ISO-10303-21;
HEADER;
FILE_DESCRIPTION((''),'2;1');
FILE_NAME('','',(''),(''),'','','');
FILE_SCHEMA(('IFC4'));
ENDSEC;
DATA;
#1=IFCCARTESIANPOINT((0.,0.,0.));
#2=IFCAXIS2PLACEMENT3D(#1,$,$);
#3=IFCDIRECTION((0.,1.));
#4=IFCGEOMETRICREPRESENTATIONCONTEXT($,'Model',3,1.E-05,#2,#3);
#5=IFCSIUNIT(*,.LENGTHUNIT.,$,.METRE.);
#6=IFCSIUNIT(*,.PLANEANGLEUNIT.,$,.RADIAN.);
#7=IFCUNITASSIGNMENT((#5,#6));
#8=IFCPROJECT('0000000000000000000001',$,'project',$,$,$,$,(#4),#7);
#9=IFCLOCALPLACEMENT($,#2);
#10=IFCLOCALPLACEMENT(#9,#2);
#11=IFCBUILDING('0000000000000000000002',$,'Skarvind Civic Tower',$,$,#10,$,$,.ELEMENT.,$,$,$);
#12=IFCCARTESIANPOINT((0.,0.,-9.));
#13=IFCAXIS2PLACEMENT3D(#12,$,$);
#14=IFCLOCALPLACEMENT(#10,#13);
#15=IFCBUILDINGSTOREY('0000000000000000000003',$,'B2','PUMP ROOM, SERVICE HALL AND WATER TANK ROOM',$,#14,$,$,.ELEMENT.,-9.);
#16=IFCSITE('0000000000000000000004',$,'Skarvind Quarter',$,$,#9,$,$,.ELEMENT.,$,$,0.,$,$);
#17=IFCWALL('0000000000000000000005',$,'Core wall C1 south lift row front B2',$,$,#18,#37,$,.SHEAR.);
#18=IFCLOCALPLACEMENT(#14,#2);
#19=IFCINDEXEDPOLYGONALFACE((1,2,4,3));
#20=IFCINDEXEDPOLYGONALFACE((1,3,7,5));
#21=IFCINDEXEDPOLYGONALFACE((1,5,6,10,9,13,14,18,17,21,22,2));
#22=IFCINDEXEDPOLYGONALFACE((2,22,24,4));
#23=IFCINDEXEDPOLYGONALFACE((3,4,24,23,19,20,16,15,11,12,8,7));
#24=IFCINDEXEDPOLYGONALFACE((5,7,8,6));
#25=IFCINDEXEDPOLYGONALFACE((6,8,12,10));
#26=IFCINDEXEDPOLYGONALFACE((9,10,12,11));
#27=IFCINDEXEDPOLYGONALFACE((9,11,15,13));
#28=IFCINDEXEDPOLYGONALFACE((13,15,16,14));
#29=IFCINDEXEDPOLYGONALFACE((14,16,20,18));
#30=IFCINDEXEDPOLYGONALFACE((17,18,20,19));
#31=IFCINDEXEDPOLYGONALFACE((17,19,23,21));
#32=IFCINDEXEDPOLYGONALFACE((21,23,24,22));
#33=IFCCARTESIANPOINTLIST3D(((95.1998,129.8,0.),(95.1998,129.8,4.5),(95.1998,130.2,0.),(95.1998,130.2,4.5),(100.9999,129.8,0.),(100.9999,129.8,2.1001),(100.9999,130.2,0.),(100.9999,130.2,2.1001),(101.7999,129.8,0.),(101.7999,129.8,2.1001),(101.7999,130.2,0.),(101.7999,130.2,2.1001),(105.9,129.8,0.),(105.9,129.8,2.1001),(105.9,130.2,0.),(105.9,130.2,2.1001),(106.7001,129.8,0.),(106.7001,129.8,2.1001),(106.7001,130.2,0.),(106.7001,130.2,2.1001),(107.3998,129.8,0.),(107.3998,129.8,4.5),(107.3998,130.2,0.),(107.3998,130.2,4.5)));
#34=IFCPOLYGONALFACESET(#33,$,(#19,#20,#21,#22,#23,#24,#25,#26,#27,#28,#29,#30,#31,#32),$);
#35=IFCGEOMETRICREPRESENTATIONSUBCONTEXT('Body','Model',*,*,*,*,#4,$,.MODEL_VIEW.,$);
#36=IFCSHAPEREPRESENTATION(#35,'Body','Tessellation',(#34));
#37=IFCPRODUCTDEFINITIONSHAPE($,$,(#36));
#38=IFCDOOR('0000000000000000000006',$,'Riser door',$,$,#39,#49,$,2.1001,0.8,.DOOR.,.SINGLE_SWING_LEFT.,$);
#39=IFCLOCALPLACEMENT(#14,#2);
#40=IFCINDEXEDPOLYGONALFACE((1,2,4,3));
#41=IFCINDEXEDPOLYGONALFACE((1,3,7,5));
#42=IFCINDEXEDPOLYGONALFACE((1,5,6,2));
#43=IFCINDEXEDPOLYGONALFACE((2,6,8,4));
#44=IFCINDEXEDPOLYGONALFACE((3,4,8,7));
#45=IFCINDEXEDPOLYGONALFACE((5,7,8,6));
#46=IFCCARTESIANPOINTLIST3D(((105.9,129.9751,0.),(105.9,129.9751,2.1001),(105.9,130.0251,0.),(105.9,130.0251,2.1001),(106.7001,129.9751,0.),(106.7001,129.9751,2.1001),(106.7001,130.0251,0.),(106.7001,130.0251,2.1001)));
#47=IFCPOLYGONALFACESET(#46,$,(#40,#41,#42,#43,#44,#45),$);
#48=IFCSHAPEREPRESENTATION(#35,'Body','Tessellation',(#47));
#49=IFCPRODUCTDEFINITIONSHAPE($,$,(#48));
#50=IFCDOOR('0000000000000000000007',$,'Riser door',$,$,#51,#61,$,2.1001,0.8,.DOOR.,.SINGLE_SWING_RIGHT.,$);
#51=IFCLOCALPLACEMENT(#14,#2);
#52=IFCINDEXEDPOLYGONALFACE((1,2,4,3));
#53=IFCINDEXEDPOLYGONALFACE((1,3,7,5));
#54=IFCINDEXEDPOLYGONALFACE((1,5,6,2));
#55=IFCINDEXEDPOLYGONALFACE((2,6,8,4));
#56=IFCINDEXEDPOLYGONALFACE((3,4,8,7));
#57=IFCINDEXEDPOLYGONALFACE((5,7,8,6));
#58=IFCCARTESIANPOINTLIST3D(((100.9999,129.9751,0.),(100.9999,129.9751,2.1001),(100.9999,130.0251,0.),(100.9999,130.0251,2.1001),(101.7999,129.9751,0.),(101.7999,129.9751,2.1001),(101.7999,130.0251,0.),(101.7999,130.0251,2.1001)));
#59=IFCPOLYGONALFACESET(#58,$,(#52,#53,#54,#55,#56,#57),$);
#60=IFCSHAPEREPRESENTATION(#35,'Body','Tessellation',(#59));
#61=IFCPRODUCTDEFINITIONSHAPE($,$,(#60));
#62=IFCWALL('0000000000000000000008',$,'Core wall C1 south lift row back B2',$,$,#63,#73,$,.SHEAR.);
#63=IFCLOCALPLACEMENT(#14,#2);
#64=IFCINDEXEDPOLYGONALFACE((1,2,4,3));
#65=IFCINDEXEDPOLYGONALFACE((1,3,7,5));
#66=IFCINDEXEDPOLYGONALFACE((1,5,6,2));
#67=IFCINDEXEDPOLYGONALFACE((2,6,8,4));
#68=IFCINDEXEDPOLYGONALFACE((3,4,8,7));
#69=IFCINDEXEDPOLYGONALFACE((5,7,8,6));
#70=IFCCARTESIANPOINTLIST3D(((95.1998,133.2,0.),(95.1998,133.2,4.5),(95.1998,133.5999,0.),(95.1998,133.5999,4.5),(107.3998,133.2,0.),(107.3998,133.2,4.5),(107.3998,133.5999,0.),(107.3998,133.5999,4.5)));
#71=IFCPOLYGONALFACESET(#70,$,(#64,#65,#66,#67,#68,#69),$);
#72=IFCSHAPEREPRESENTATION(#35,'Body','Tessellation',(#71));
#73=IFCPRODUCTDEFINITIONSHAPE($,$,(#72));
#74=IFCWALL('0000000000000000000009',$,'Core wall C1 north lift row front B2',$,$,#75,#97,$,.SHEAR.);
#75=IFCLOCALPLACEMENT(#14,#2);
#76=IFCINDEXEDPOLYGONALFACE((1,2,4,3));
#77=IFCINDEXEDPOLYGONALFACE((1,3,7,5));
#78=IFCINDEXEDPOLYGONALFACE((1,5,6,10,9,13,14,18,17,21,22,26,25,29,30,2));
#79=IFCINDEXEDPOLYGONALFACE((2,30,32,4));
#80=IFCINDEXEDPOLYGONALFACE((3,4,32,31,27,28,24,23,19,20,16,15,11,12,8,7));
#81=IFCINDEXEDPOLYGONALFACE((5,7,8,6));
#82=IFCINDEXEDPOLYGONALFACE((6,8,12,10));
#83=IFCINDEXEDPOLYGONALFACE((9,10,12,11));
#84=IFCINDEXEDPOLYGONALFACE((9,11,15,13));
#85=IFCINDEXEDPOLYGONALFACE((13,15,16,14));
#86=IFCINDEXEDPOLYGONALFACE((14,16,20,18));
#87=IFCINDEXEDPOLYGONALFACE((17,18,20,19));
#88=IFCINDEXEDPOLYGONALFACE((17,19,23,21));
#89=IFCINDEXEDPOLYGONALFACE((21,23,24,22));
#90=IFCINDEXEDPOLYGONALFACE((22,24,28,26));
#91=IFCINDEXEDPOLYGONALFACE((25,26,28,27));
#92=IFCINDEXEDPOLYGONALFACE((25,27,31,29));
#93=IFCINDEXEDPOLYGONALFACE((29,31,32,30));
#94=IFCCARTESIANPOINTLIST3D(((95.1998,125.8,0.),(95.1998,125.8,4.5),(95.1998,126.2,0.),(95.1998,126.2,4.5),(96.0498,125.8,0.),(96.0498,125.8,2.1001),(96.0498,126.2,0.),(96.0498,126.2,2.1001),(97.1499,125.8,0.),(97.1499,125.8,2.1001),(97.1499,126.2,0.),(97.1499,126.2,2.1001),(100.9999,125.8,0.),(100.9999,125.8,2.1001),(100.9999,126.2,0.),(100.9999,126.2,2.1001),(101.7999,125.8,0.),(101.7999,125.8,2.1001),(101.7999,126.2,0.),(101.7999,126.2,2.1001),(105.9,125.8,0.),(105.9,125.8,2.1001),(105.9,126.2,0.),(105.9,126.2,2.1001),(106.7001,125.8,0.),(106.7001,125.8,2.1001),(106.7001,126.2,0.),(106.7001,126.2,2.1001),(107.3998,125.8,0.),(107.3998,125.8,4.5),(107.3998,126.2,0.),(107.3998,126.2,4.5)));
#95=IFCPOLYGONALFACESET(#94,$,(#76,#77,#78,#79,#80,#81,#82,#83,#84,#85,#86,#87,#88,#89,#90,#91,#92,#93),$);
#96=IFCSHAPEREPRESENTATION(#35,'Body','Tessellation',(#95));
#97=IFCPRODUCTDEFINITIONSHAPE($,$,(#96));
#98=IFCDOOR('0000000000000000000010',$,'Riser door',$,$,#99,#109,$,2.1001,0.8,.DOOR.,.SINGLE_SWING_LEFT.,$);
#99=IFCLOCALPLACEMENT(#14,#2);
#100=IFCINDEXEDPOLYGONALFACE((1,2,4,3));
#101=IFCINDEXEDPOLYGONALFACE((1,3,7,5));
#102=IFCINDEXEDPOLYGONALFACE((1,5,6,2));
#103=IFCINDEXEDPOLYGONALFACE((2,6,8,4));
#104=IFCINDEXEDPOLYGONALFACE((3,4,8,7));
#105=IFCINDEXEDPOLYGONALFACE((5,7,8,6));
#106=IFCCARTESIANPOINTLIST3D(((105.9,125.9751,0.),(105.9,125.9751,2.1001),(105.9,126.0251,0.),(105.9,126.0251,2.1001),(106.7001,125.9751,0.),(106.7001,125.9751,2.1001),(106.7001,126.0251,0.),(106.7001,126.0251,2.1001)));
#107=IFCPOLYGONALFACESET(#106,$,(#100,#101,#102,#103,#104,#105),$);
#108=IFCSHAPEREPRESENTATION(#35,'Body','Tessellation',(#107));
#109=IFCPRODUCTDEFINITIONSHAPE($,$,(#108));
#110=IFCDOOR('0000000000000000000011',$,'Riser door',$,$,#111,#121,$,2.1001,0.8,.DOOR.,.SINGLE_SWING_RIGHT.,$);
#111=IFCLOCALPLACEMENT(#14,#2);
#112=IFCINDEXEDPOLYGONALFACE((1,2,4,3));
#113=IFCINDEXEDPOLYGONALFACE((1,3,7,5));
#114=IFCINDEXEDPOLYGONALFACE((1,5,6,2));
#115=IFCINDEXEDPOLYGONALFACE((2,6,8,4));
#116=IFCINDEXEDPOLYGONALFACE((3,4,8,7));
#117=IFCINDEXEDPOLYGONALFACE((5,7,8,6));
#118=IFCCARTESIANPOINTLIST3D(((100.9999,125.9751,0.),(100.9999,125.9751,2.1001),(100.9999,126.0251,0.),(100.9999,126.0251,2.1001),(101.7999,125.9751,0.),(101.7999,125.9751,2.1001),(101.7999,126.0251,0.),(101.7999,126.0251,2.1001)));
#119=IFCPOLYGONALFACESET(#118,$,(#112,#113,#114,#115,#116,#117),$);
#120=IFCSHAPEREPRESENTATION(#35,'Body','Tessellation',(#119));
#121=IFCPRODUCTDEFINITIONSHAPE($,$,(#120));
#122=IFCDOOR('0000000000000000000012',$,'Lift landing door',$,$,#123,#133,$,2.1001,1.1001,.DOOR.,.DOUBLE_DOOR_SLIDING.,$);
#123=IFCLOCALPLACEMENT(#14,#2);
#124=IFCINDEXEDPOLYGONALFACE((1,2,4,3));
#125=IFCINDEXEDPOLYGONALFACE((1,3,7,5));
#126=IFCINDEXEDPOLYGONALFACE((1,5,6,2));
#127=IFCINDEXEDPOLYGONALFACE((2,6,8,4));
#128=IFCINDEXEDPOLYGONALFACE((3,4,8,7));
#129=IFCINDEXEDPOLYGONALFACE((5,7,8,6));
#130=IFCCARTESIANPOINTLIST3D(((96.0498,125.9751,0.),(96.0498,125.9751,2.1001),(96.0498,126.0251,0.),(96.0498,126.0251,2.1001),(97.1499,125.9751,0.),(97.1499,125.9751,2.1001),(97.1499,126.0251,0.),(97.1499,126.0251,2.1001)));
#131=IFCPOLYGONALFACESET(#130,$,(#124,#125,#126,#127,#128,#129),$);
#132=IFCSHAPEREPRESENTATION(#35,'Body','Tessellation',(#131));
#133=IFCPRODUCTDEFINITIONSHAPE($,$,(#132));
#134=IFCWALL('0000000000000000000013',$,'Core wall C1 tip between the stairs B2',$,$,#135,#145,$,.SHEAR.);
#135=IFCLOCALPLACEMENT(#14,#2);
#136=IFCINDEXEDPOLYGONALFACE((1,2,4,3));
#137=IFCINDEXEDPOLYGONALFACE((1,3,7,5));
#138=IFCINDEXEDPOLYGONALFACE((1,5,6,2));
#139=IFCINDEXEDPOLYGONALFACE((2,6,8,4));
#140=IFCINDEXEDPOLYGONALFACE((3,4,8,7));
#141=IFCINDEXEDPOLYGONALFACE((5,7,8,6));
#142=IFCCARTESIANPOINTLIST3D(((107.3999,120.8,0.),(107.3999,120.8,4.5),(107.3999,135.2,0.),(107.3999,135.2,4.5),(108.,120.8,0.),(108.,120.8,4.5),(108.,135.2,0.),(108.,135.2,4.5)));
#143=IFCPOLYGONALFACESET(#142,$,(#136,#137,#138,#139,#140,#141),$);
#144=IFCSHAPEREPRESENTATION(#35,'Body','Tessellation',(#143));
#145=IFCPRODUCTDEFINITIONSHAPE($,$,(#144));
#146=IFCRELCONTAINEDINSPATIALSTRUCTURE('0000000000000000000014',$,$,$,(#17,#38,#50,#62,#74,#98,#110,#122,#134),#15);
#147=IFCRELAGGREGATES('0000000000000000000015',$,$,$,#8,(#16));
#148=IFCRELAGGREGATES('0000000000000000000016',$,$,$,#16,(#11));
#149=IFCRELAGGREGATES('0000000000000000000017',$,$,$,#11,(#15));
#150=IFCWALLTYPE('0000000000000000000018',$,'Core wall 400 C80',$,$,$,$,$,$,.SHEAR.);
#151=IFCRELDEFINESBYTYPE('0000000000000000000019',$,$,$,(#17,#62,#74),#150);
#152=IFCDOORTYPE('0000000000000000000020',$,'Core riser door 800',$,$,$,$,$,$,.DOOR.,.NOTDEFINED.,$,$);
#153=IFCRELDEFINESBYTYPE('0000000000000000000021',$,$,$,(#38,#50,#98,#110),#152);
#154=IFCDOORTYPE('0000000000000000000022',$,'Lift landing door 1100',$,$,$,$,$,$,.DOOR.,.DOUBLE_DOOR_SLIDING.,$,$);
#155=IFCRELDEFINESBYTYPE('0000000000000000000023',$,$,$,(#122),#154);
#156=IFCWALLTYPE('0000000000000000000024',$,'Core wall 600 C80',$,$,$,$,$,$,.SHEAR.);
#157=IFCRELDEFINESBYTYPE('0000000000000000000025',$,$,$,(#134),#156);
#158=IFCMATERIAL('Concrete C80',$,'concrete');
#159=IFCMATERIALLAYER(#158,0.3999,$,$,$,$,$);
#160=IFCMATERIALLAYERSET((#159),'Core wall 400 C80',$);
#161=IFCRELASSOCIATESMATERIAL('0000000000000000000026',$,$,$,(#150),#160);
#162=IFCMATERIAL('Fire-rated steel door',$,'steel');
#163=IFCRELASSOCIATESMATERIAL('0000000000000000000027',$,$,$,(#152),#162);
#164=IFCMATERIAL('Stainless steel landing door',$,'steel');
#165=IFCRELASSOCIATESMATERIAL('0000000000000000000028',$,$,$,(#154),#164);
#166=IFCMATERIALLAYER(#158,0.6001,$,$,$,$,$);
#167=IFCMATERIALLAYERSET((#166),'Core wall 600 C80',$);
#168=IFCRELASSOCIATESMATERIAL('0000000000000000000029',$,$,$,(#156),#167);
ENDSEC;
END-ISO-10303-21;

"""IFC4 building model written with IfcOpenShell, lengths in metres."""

from ifc_helpers import new_model, si_unit, direction, frame, frame_2d, origin, place, context, subcontext, project, spatial, rectangle, extrude, material, layer, layer_set, type_object, element, fill, save


model = new_model("IFC4")

# Units and contexts
model_context = context("Model", 3, precision=1e-05, world=origin(), true_north=direction((0.0, 1.0)))
body_context = subcontext(model_context, "Body", "Model", "MODEL_VIEW")
ifc_project = project(units=[si_unit("LENGTHUNIT", "METRE"), si_unit("PLANEANGLEUNIT", "RADIAN")], contexts=[model_context])

# Site, building, storey
site_placement = place(None, origin())
site = spatial("IfcSite", under=ifc_project, at=site_placement, Name="Skarvind Quarter", CompositionType="ELEMENT", RefElevation=0.0)
building_placement = place(site_placement, origin())
building = spatial("IfcBuilding", under=site, at=building_placement, Name="Skarvind Civic Tower", CompositionType="ELEMENT")
storey_placement = place(building_placement, frame((0.0, 0.0, -9.0)))
storey = spatial("IfcBuildingStorey", under=building, at=storey_placement, Name="B2", Description="PUMP ROOM, SERVICE HALL AND WATER TANK ROOM", CompositionType="ELEMENT", Elevation=-9.0)

# Shared definitions
ifc_material_1 = material(Name="Concrete C80", Category="concrete")
ifc_layer_1 = layer(ifc_material_1, 0.3999)
ifc_layer_set_1 = layer_set([ifc_layer_1], Name="Core wall 400 C80")
wall_type_1 = type_object("IfcWallType", Name="Core wall 400 C80", PredefinedType="SHEAR", material=ifc_layer_set_1)

# Wall, openings, doors
wall_1_placement = place(storey_placement, frame((107.3999, 130.0, 0.0), z_axis=(0.0, 0.0, 1.0), x_axis=(-1.0, 0.0, 0.0)))
wall_1 = element("IfcWall", 1, at=wall_1_placement, inside=storey, type_object=wall_type_1, Name="Core wall C1 south lift row front B2", PredefinedType="SHEAR", context=body_context, shape_type="SweptSolid", body=[
    extrude(rectangle(XDim=12.2, YDim=0.3999, at=frame_2d((6.1001, 0.0))), origin(), (0.0, 0.0, 1.0), 4.5),
])
opening_1_placement = place(wall_1_placement, frame((0.7, 0.0, 0.0)))
opening_1 = element("IfcOpeningElement", 2, at=opening_1_placement, cuts=wall_1, PredefinedType="OPENING", context=body_context, shape_type="SweptSolid", body=[
    extrude(rectangle(XDim=0.8, YDim=2.1001, at=frame_2d((0.3999, 1.05))), frame((0.0, 0.21, 0.0), z_axis=(0.0, -1.0, 0.0), x_axis=(1.0, 0.0, 0.0)), (0.0, 0.0, 1.0), 0.4199),
])
opening_2_placement = place(wall_1_placement, frame((5.6001, 0.0, 0.0)))
opening_2 = element("IfcOpeningElement", 3, at=opening_2_placement, cuts=wall_1, PredefinedType="OPENING", context=body_context, shape_type="SweptSolid", body=[
    extrude(rectangle(XDim=0.8, YDim=2.1001, at=frame_2d((0.3999, 1.05))), frame((0.0, 0.21, 0.0), z_axis=(0.0, -1.0, 0.0), x_axis=(1.0, 0.0, 0.0)), (0.0, 0.0, 1.0), 0.4199),
])
ifc_material_2 = material(Name="Fire-rated steel door", Category="steel")
door_type_1 = type_object("IfcDoorType", Name="Core riser door 800", OperationType="NOTDEFINED", PredefinedType="DOOR", material=ifc_material_2)
door_1_placement = place(opening_1_placement, origin())
door_1 = element("IfcDoor", 4, at=door_1_placement, inside=storey, type_object=door_type_1, Name="Riser door", OperationType="SINGLE_SWING_LEFT", OverallHeight=2.1001, OverallWidth=0.8, PredefinedType="DOOR", context=body_context, shape_type="SweptSolid", body=[
    extrude(rectangle(XDim=0.8, YDim=2.1001, at=frame_2d((0.3999, 1.05))), frame((0.0, 0.0249, 0.0), z_axis=(0.0, -1.0, 0.0), x_axis=(1.0, 0.0, 0.0)), (0.0, 0.0, 1.0), 0.05),
])
fill(opening_1, door_1)
door_2_placement = place(opening_2_placement, origin())
door_2 = element("IfcDoor", 5, at=door_2_placement, inside=storey, type_object=door_type_1, Name="Riser door", OperationType="SINGLE_SWING_RIGHT", OverallHeight=2.1001, OverallWidth=0.8, PredefinedType="DOOR", context=body_context, shape_type="SweptSolid", body=[
    extrude(rectangle(XDim=0.8, YDim=2.1001, at=frame_2d((0.3999, 1.05))), frame((0.0, 0.0249, 0.0), z_axis=(0.0, -1.0, 0.0), x_axis=(1.0, 0.0, 0.0)), (0.0, 0.0, 1.0), 0.05),
])
fill(opening_2, door_2)

# Wall
wall_2_placement = place(storey_placement, frame((107.3999, 133.3999, 0.0), z_axis=(0.0, 0.0, 1.0), x_axis=(-1.0, 0.0, 0.0)))
element("IfcWall", 6, at=wall_2_placement, inside=storey, type_object=wall_type_1, Name="Core wall C1 south lift row back B2", PredefinedType="SHEAR", context=body_context, shape_type="SweptSolid", body=[
    extrude(rectangle(XDim=12.2, YDim=0.3999, at=frame_2d((6.1001, 0.0))), origin(), (0.0, 0.0, 1.0), 4.5),
])

# Wall, openings, doors
wall_3_placement = place(storey_placement, frame((107.3999, 126.0, 0.0), z_axis=(0.0, 0.0, 1.0), x_axis=(-1.0, 0.0, 0.0)))
wall_3 = element("IfcWall", 7, at=wall_3_placement, inside=storey, type_object=wall_type_1, Name="Core wall C1 north lift row front B2", PredefinedType="SHEAR", context=body_context, shape_type="SweptSolid", body=[
    extrude(rectangle(XDim=12.2, YDim=0.3999, at=frame_2d((6.1001, 0.0))), origin(), (0.0, 0.0, 1.0), 4.5),
])
opening_3_placement = place(wall_3_placement, frame((10.25, 0.0, 0.0)))
opening_3 = element("IfcOpeningElement", 8, at=opening_3_placement, cuts=wall_3, PredefinedType="OPENING", context=body_context, shape_type="SweptSolid", body=[
    extrude(rectangle(XDim=1.1001, YDim=2.1001, at=frame_2d((0.55, 1.05))), frame((0.0, 0.21, 0.0), z_axis=(0.0, -1.0, 0.0), x_axis=(1.0, 0.0, 0.0)), (0.0, 0.0, 1.0), 0.4199),
])
opening_4_placement = place(wall_3_placement, frame((0.7, 0.0, 0.0)))
opening_4 = element("IfcOpeningElement", 9, at=opening_4_placement, cuts=wall_3, PredefinedType="OPENING", context=body_context, shape_type="SweptSolid", body=[
    extrude(rectangle(XDim=0.8, YDim=2.1001, at=frame_2d((0.3999, 1.05))), frame((0.0, 0.21, 0.0), z_axis=(0.0, -1.0, 0.0), x_axis=(1.0, 0.0, 0.0)), (0.0, 0.0, 1.0), 0.4199),
])
opening_5_placement = place(wall_3_placement, frame((5.6001, 0.0, 0.0)))
opening_5 = element("IfcOpeningElement", 10, at=opening_5_placement, cuts=wall_3, PredefinedType="OPENING", context=body_context, shape_type="SweptSolid", body=[
    extrude(rectangle(XDim=0.8, YDim=2.1001, at=frame_2d((0.3999, 1.05))), frame((0.0, 0.21, 0.0), z_axis=(0.0, -1.0, 0.0), x_axis=(1.0, 0.0, 0.0)), (0.0, 0.0, 1.0), 0.4199),
])
door_3_placement = place(opening_4_placement, origin())
door_3 = element("IfcDoor", 11, at=door_3_placement, inside=storey, type_object=door_type_1, Name="Riser door", OperationType="SINGLE_SWING_LEFT", OverallHeight=2.1001, OverallWidth=0.8, PredefinedType="DOOR", context=body_context, shape_type="SweptSolid", body=[
    extrude(rectangle(XDim=0.8, YDim=2.1001, at=frame_2d((0.3999, 1.05))), frame((0.0, 0.0249, 0.0), z_axis=(0.0, -1.0, 0.0), x_axis=(1.0, 0.0, 0.0)), (0.0, 0.0, 1.0), 0.05),
])
fill(opening_4, door_3)
door_4_placement = place(opening_5_placement, origin())
door_4 = element("IfcDoor", 12, at=door_4_placement, inside=storey, type_object=door_type_1, Name="Riser door", OperationType="SINGLE_SWING_RIGHT", OverallHeight=2.1001, OverallWidth=0.8, PredefinedType="DOOR", context=body_context, shape_type="SweptSolid", body=[
    extrude(rectangle(XDim=0.8, YDim=2.1001, at=frame_2d((0.3999, 1.05))), frame((0.0, 0.0249, 0.0), z_axis=(0.0, -1.0, 0.0), x_axis=(1.0, 0.0, 0.0)), (0.0, 0.0, 1.0), 0.05),
])
fill(opening_5, door_4)
ifc_material_3 = material(Name="Stainless steel landing door", Category="steel")
door_type_2 = type_object("IfcDoorType", Name="Lift landing door 1100", OperationType="DOUBLE_DOOR_SLIDING", PredefinedType="DOOR", material=ifc_material_3)
door_5_placement = place(opening_3_placement, origin())
door_5 = element("IfcDoor", 13, at=door_5_placement, inside=storey, type_object=door_type_2, Name="Lift landing door", OperationType="DOUBLE_DOOR_SLIDING", OverallHeight=2.1001, OverallWidth=1.1001, PredefinedType="DOOR", context=body_context, shape_type="SweptSolid", body=[
    extrude(rectangle(XDim=1.1001, YDim=2.1001, at=frame_2d((0.55, 1.05))), frame((0.0, 0.0249, 0.0), z_axis=(0.0, -1.0, 0.0), x_axis=(1.0, 0.0, 0.0)), (0.0, 0.0, 1.0), 0.05),
])
fill(opening_3, door_5)

# Wall
ifc_layer_2 = layer(ifc_material_1, 0.6001)
ifc_layer_set_2 = layer_set([ifc_layer_2], Name="Core wall 600 C80")
wall_type_2 = type_object("IfcWallType", Name="Core wall 600 C80", PredefinedType="SHEAR", material=ifc_layer_set_2)
wall_4_placement = place(storey_placement, frame((107.7, 135.2, 0.0), z_axis=(0.0, 0.0, 1.0), x_axis=(0.0, -1.0, 0.0)))
element("IfcWall", 14, at=wall_4_placement, inside=storey, type_object=wall_type_2, Name="Core wall C1 tip between the stairs B2", PredefinedType="SHEAR", context=body_context, shape_type="SweptSolid", body=[
    extrude(rectangle(XDim=14.3999, YDim=0.6001, at=frame_2d((7.2, 0.0))), origin(), (0.0, 0.0, 1.0), 4.5),
])

save(model, "model.ifc")
